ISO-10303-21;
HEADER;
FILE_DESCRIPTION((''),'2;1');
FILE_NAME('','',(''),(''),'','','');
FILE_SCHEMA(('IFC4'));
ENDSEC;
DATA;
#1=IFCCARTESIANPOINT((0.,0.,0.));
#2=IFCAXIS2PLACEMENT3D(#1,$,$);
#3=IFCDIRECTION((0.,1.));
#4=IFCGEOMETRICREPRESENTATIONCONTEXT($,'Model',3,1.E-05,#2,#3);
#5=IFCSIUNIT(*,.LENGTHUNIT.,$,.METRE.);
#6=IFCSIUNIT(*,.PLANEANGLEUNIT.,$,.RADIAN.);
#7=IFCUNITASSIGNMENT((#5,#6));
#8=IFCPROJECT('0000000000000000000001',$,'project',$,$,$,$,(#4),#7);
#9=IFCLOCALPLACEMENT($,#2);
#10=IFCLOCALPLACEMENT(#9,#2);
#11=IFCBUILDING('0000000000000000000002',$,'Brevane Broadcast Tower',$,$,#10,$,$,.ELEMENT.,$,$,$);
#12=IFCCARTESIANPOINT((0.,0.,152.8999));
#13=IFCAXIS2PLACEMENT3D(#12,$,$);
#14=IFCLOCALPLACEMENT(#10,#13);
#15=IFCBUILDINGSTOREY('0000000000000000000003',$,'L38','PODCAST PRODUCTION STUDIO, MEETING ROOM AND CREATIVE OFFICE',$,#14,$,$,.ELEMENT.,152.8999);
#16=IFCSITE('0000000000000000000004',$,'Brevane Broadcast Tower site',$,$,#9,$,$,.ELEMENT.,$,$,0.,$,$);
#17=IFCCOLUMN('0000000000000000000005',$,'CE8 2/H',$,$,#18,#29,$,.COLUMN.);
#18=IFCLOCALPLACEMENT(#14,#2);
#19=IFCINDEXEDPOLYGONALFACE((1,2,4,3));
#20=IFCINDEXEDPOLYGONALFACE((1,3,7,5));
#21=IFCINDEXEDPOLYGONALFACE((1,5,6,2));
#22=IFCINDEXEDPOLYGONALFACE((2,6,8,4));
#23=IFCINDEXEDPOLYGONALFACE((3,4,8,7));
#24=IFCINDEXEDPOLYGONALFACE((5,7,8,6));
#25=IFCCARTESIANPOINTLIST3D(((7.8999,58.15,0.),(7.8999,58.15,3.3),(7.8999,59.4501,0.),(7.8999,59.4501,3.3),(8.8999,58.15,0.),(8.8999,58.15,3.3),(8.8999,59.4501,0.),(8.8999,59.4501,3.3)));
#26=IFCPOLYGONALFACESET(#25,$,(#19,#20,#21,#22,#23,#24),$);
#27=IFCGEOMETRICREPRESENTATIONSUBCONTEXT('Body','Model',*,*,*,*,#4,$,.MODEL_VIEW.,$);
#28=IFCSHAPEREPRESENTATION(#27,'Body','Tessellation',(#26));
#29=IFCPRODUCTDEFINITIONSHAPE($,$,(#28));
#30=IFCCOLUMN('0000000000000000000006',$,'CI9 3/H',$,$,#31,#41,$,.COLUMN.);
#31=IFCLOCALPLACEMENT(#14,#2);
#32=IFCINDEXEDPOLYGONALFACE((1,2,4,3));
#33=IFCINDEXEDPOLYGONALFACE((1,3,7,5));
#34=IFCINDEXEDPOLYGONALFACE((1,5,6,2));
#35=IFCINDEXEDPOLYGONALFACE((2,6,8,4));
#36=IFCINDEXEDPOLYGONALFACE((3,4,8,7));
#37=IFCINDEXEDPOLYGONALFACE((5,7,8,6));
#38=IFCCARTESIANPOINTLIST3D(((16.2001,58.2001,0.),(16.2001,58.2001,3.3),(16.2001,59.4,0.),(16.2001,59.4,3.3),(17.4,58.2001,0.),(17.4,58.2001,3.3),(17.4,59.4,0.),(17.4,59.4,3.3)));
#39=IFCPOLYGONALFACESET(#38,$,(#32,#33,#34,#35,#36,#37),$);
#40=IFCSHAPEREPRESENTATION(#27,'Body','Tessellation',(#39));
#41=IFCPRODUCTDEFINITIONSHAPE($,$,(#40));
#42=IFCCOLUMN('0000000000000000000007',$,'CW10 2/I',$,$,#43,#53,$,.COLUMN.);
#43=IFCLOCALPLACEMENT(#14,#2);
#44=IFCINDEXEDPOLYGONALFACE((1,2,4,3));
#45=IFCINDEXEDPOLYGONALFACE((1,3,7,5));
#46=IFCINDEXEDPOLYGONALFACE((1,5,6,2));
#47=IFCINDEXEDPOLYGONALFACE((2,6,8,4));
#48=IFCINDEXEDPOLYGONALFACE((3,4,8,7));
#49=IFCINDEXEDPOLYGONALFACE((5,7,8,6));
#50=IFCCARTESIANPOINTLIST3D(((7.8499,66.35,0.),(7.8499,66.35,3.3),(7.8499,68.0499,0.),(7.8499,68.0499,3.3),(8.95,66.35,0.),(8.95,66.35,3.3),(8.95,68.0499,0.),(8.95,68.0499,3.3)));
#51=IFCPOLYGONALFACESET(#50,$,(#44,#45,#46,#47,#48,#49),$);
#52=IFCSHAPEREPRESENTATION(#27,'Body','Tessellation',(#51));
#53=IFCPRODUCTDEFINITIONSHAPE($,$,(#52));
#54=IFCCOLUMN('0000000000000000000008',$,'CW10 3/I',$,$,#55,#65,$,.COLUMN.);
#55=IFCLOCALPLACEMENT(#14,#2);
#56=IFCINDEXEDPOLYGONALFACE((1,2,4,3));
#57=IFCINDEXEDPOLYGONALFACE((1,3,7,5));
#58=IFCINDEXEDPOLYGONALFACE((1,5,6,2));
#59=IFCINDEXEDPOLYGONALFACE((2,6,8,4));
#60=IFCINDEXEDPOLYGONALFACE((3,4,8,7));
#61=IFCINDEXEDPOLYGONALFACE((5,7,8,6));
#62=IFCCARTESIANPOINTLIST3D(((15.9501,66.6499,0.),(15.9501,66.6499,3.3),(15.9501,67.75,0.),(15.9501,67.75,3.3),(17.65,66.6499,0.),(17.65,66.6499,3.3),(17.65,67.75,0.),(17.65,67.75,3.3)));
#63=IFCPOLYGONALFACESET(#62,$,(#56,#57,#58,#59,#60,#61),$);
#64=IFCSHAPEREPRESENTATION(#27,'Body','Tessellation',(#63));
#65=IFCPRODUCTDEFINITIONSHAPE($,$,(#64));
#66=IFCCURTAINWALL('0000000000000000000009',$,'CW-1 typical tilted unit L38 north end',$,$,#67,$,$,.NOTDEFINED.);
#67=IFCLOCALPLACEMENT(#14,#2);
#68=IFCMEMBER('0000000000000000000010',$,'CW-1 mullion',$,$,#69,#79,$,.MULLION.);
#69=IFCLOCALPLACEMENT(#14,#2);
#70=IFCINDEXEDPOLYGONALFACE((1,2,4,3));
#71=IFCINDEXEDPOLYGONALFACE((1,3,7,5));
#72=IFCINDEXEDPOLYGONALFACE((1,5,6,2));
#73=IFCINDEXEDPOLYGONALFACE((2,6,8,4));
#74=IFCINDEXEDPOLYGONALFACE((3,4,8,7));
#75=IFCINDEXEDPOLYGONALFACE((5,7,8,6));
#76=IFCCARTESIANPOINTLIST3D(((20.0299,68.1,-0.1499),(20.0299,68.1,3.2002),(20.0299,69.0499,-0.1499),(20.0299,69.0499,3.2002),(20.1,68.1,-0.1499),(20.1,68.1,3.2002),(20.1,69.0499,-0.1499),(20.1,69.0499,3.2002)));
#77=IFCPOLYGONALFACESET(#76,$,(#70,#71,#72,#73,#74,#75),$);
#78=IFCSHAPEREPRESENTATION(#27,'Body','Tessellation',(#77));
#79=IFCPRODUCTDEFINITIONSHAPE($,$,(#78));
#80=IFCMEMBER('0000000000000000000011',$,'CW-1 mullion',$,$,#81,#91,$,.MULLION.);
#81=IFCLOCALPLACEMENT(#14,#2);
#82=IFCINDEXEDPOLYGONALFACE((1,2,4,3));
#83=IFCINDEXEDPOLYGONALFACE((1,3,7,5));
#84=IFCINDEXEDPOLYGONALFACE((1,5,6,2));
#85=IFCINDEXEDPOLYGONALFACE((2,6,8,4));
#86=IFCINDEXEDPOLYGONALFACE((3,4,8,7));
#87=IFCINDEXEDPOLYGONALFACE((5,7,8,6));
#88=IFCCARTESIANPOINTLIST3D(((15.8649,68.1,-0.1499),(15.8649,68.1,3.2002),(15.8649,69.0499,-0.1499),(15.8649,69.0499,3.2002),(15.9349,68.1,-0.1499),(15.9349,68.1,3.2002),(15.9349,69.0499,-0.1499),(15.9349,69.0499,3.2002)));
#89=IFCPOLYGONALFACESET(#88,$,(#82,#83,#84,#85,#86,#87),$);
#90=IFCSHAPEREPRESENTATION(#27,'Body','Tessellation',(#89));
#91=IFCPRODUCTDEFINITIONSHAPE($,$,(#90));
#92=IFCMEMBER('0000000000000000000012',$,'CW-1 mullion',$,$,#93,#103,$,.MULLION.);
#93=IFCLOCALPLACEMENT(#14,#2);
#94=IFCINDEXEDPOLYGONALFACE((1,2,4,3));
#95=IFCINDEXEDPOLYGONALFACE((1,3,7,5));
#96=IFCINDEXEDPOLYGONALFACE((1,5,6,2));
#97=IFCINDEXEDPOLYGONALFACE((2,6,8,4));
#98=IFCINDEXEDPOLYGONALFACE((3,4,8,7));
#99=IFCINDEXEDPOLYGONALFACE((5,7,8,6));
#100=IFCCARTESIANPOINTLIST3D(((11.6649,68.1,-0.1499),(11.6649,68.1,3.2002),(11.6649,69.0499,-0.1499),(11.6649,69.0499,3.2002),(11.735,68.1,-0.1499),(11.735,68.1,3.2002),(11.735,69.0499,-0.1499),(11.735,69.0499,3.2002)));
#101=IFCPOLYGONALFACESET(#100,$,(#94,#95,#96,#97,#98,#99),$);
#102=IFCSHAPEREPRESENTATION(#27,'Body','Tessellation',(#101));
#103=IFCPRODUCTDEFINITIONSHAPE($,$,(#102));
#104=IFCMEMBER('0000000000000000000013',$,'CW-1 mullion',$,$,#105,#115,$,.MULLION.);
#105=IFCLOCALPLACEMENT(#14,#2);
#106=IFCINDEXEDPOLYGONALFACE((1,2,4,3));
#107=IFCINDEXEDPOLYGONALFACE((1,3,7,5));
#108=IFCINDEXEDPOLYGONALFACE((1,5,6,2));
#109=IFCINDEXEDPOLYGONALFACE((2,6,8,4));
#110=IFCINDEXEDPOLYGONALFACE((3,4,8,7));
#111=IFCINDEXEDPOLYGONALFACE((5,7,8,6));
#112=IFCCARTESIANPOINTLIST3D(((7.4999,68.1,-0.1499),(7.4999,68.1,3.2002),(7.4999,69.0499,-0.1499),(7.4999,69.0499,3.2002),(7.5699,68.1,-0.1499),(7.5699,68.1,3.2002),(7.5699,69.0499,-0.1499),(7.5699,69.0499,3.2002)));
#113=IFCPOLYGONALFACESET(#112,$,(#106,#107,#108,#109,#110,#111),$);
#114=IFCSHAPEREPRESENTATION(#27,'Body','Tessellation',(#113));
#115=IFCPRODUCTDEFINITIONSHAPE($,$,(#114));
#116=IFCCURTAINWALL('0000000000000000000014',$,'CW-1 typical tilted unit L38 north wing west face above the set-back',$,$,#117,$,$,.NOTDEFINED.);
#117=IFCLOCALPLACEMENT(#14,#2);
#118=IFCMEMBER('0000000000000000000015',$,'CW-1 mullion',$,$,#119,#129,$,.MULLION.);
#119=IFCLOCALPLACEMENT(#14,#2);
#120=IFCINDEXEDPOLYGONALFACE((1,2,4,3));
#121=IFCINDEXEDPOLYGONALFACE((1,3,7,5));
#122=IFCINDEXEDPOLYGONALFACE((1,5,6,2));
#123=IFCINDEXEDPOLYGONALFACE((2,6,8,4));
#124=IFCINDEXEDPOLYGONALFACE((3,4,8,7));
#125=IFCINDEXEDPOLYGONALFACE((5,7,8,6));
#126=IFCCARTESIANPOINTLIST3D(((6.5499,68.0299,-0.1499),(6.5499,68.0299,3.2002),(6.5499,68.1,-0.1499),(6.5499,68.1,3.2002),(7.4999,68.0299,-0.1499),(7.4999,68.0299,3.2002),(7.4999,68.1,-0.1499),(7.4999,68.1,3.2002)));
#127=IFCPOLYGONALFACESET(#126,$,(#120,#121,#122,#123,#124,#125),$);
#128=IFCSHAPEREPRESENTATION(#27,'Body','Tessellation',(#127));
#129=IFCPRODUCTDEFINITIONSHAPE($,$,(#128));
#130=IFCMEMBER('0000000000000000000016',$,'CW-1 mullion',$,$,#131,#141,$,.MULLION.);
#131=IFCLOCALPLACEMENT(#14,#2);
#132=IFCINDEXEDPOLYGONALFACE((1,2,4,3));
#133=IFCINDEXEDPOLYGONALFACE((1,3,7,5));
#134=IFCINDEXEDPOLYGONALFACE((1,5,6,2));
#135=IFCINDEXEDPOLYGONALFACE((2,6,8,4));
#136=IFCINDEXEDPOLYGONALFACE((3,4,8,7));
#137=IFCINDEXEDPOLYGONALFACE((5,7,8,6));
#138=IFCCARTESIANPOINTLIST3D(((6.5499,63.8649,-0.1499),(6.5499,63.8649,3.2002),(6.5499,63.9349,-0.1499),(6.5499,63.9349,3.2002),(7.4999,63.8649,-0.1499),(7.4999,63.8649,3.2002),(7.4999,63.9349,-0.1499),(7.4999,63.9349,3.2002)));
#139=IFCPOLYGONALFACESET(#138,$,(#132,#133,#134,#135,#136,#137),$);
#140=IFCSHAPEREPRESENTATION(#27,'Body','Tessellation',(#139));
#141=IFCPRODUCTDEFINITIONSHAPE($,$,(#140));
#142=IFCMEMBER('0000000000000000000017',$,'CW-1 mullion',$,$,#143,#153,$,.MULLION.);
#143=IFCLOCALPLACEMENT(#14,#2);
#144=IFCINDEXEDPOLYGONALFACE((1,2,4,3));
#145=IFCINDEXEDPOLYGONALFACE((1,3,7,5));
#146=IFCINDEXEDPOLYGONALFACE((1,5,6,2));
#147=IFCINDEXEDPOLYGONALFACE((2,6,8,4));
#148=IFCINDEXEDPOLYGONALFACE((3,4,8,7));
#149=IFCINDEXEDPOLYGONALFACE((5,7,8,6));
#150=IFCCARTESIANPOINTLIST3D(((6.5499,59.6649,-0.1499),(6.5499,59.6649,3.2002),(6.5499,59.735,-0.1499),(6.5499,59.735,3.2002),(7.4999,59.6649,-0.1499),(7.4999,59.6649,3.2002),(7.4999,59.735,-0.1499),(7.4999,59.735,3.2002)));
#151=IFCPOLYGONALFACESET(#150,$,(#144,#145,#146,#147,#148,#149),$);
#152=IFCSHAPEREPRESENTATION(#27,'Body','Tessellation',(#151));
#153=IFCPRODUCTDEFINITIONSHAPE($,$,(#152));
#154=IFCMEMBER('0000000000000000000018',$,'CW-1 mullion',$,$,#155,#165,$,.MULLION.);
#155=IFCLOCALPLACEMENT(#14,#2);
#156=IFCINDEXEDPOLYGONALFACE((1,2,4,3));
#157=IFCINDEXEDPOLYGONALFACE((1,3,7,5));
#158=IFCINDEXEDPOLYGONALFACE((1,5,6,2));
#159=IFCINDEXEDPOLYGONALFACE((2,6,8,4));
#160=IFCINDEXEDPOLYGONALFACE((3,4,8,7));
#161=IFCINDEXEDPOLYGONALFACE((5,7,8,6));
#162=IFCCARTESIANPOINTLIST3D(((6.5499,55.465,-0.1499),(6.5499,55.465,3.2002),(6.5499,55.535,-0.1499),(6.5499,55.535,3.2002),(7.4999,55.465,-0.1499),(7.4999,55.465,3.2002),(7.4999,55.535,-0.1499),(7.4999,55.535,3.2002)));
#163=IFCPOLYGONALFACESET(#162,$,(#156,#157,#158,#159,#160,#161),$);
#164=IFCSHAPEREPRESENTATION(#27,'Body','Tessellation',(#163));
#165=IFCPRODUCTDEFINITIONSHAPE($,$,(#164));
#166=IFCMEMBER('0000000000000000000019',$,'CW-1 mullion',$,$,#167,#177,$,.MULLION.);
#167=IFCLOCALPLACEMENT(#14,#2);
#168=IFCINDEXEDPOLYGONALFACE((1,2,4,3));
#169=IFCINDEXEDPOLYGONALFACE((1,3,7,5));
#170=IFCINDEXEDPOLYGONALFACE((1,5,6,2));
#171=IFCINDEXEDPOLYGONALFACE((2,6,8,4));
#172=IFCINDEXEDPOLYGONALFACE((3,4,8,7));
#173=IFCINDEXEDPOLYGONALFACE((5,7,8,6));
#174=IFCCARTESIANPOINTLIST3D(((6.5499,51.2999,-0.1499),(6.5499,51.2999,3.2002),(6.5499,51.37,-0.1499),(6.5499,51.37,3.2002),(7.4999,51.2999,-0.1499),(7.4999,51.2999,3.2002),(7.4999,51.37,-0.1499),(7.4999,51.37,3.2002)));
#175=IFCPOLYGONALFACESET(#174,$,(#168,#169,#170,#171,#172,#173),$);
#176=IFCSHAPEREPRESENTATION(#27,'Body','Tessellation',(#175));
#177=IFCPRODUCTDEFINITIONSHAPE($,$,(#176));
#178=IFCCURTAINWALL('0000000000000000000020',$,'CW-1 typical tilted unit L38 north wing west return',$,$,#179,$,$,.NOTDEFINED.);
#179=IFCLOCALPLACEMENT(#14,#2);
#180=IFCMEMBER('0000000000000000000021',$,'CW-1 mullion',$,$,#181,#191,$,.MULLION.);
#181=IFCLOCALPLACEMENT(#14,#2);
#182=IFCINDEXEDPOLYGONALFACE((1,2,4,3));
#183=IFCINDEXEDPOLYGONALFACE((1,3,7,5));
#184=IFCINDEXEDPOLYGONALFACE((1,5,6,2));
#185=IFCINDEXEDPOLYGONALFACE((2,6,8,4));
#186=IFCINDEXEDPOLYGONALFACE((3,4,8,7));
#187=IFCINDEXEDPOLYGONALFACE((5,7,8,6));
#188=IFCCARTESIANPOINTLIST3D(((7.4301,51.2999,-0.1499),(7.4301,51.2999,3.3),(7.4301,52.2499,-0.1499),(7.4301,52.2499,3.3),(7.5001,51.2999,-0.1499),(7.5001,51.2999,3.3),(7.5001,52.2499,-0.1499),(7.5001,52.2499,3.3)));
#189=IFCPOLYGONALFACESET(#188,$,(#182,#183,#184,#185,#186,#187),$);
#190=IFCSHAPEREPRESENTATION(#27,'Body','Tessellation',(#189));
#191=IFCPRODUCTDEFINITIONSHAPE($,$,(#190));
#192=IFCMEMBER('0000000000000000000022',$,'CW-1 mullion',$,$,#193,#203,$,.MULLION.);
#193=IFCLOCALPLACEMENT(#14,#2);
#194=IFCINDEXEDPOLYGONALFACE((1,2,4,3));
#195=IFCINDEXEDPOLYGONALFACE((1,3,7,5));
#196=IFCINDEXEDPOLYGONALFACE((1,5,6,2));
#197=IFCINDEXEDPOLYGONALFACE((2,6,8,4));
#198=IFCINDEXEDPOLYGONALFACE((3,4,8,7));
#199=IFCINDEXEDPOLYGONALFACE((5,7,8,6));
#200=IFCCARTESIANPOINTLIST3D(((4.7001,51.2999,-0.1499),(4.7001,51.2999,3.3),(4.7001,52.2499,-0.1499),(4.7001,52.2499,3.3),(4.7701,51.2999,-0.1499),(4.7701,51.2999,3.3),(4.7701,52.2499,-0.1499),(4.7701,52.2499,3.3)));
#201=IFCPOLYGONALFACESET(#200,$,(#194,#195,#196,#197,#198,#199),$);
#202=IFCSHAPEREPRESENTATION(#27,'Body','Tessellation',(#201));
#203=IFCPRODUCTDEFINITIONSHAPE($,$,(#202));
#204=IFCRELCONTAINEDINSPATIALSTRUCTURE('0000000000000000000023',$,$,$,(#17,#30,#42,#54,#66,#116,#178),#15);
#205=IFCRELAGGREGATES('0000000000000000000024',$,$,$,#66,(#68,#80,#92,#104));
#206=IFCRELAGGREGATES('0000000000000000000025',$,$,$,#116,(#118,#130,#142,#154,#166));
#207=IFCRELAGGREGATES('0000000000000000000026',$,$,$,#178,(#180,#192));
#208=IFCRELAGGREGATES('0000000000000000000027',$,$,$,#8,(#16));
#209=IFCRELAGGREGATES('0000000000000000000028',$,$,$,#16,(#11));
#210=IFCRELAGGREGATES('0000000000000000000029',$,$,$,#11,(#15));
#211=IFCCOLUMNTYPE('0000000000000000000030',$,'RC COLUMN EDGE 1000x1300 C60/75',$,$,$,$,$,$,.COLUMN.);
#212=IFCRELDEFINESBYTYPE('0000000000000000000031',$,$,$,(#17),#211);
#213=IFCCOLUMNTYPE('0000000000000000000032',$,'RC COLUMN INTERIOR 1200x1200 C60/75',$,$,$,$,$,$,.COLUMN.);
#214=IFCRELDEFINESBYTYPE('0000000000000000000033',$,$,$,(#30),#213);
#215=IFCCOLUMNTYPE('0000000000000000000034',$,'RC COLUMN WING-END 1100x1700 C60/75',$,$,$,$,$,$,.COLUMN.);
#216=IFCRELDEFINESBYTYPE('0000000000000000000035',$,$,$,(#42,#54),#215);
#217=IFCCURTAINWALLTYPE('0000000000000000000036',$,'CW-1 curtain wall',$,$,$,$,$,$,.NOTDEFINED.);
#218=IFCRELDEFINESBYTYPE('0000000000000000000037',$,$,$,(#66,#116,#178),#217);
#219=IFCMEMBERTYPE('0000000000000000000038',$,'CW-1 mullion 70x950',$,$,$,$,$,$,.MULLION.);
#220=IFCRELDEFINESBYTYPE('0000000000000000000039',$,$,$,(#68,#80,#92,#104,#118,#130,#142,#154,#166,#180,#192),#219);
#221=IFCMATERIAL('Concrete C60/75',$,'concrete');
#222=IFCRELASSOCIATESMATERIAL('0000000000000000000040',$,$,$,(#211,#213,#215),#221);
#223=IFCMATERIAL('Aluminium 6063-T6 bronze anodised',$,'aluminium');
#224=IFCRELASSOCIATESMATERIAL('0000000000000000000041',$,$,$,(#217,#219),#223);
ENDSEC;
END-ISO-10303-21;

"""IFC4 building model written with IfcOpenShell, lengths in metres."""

from ifc_helpers import new_model, si_unit, direction, frame, origin, origin_2d, place, context, subcontext, project, spatial, rectangle, extrude, material, material_profile, profile_set, type_object, element, aggregate, save


model = new_model("IFC4")

# Units and contexts
model_context = context("Model", 3, precision=1e-05, world=origin(), true_north=direction((0.0, 1.0)))
body_context = subcontext(model_context, "Body", "Model", "MODEL_VIEW")
ifc_project = project(units=[si_unit("LENGTHUNIT", "METRE"), si_unit("PLANEANGLEUNIT", "RADIAN")], contexts=[model_context])

# Site, building, storey
site_placement = place(None, origin())
site = spatial("IfcSite", under=ifc_project, at=site_placement, Name="Brevane Broadcast Tower site", CompositionType="ELEMENT", RefElevation=0.0)
building_placement = place(site_placement, origin())
building = spatial("IfcBuilding", under=site, at=building_placement, Name="Brevane Broadcast Tower", CompositionType="ELEMENT")
storey_placement = place(building_placement, frame((0.0, 0.0, 152.8999)))
storey = spatial("IfcBuildingStorey", under=building, at=storey_placement, Name="L38", Description="PODCAST PRODUCTION STUDIO, MEETING ROOM AND CREATIVE OFFICE", CompositionType="ELEMENT", Elevation=152.8999)

# Columns
ifc_material_1 = material(Name="Concrete C60/75", Category="concrete")
ifc_material_profile_1 = material_profile(ifc_material_1, rectangle(XDim=1.0, YDim=1.3, at=origin_2d()), Name="RC 1000x1300")
ifc_profile_set_1 = profile_set([ifc_material_profile_1], Name="Concrete C60/75")
column_type_1 = type_object("IfcColumnType", Name="RC COLUMN EDGE 1000x1300 C60/75", PredefinedType="COLUMN", material=ifc_profile_set_1)
column_1_placement = place(storey_placement, frame((8.3999, 58.8, 0.0), z_axis=(0.0, 0.0, 1.0), x_axis=(1.0, 0.0, 0.0)))
element("IfcColumn", 1, at=column_1_placement, inside=storey, type_object=column_type_1, Name="CE8 2/H", PredefinedType="COLUMN", context=body_context, shape_type="SweptSolid", body=[
    extrude(rectangle(XDim=1.0, YDim=1.3, at=origin_2d()), origin(), (0.0, 0.0, 1.0), 3.3),
])
ifc_material_profile_2 = material_profile(ifc_material_1, rectangle(XDim=1.2, YDim=1.2, at=origin_2d()), Name="RC 1200x1200")
ifc_profile_set_2 = profile_set([ifc_material_profile_2], Name="Concrete C60/75")
column_type_2 = type_object("IfcColumnType", Name="RC COLUMN INTERIOR 1200x1200 C60/75", PredefinedType="COLUMN", material=ifc_profile_set_2)
column_2_placement = place(storey_placement, frame((16.8, 58.8, 0.0), z_axis=(0.0, 0.0, 1.0), x_axis=(1.0, 0.0, 0.0)))
element("IfcColumn", 2, at=column_2_placement, inside=storey, type_object=column_type_2, Name="CI9 3/H", PredefinedType="COLUMN", context=body_context, shape_type="SweptSolid", body=[
    extrude(rectangle(XDim=1.2, YDim=1.2, at=origin_2d()), origin(), (0.0, 0.0, 1.0), 3.3),
])
ifc_material_profile_3 = material_profile(ifc_material_1, rectangle(XDim=1.1001, YDim=1.7, at=origin_2d()), Name="RC 1100x1700")
ifc_profile_set_3 = profile_set([ifc_material_profile_3], Name="Concrete C60/75")
column_type_3 = type_object("IfcColumnType", Name="RC COLUMN WING-END 1100x1700 C60/75", PredefinedType="COLUMN", material=ifc_profile_set_3)
for number, where, z_axis, x_axis, name in (
    (3, (8.3999, 67.2, 0.0), (0.0, 0.0, 1.0), (1.0, 0.0, 0.0), "CW10 2/I"),
    (4, (16.8, 67.2, 0.0), (0.0, 0.0, 1.0), (0.0, 1.0, 0.0), "CW10 3/I"),
):
    element("IfcColumn", number, at=place(storey_placement, frame(where, z_axis=z_axis, x_axis=x_axis)), inside=storey, type_object=column_type_3, Name=name, PredefinedType="COLUMN", context=body_context, shape_type="SweptSolid", body=[
        extrude(rectangle(XDim=1.1001, YDim=1.7, at=origin_2d()), origin(), (0.0, 0.0, 1.0), 3.3),
    ])

# Curtain walls, members
ifc_material_2 = material(Name="Aluminium 6063-T6 bronze anodised", Category="aluminium")
curtain_wall_type = type_object("IfcCurtainWallType", Name="CW-1 curtain wall", PredefinedType="NOTDEFINED", material=ifc_material_2)
curtain_wall_1_placement = place(storey_placement, origin())
curtain_wall_1 = element("IfcCurtainWall", 5, at=curtain_wall_1_placement, inside=storey, type_object=curtain_wall_type, Name="CW-1 typical tilted unit L38 north end", PredefinedType="NOTDEFINED")
ifc_material_profile_4 = material_profile(ifc_material_2, rectangle(XDim=0.95, YDim=0.0701, at=origin_2d()), Name="RECT 70x950")
ifc_profile_set_4 = profile_set([ifc_material_profile_4], Name="Aluminium 6063-T6 bronze anodised")
member_type_1 = type_object("IfcMemberType", Name="CW-1 mullion 70x950", PredefinedType="MULLION", material=ifc_profile_set_4)
member_1_placement = place(storey_placement, frame((20.0649, 68.575, -0.1499), z_axis=(0.0, 0.0, 1.0), x_axis=(0.0, -1.0, 0.0)))
member_1 = element("IfcMember", 6, at=member_1_placement, type_object=member_type_1, Name="CW-1 mullion", PredefinedType="MULLION", context=body_context, shape_type="SweptSolid", body=[
    extrude(rectangle(XDim=0.95, YDim=0.0701, at=origin_2d()), origin(), (0.0, 0.0, 1.0), 3.3501),
])
member_2_placement = place(storey_placement, frame((15.8999, 68.575, -0.1499), z_axis=(0.0, 0.0, 1.0), x_axis=(0.0, -1.0, 0.0)))
member_2 = element("IfcMember", 7, at=member_2_placement, type_object=member_type_1, Name="CW-1 mullion", PredefinedType="MULLION", context=body_context, shape_type="SweptSolid", body=[
    extrude(rectangle(XDim=0.95, YDim=0.0701, at=origin_2d()), origin(), (0.0, 0.0, 1.0), 3.3501),
])
member_3_placement = place(storey_placement, frame((11.7, 68.575, -0.1499), z_axis=(0.0, 0.0, 1.0), x_axis=(0.0, -1.0, 0.0)))
member_3 = element("IfcMember", 8, at=member_3_placement, type_object=member_type_1, Name="CW-1 mullion", PredefinedType="MULLION", context=body_context, shape_type="SweptSolid", body=[
    extrude(rectangle(XDim=0.95, YDim=0.0701, at=origin_2d()), origin(), (0.0, 0.0, 1.0), 3.3501),
])
member_4_placement = place(storey_placement, frame((7.5349, 68.575, -0.1499), z_axis=(0.0, 0.0, 1.0), x_axis=(0.0, -1.0, 0.0)))
member_4 = element("IfcMember", 9, at=member_4_placement, type_object=member_type_1, Name="CW-1 mullion", PredefinedType="MULLION", context=body_context, shape_type="SweptSolid", body=[
    extrude(rectangle(XDim=0.95, YDim=0.0701, at=origin_2d()), origin(), (0.0, 0.0, 1.0), 3.3501),
])
curtain_wall_2_placement = place(storey_placement, origin())
curtain_wall_2 = element("IfcCurtainWall", 10, at=curtain_wall_2_placement, inside=storey, type_object=curtain_wall_type, Name="CW-1 typical tilted unit L38 north wing west face above the set-back", PredefinedType="NOTDEFINED")
member_5_placement = place(storey_placement, frame((7.0249, 68.0649, -0.1499), z_axis=(0.0, 0.0, 1.0), x_axis=(1.0, 0.0, 0.0)))
member_5 = element("IfcMember", 11, at=member_5_placement, type_object=member_type_1, Name="CW-1 mullion", PredefinedType="MULLION", context=body_context, shape_type="SweptSolid", body=[
    extrude(rectangle(XDim=0.95, YDim=0.0701, at=origin_2d()), origin(), (0.0, 0.0, 1.0), 3.3501),
])
member_6_placement = place(storey_placement, frame((7.0249, 63.8999, -0.1499), z_axis=(0.0, 0.0, 1.0), x_axis=(1.0, 0.0, 0.0)))
member_6 = element("IfcMember", 12, at=member_6_placement, type_object=member_type_1, Name="CW-1 mullion", PredefinedType="MULLION", context=body_context, shape_type="SweptSolid", body=[
    extrude(rectangle(XDim=0.95, YDim=0.0701, at=origin_2d()), origin(), (0.0, 0.0, 1.0), 3.3501),
])
member_7_placement = place(storey_placement, frame((7.0249, 59.7, -0.1499), z_axis=(0.0, 0.0, 1.0), x_axis=(1.0, 0.0, 0.0)))
member_7 = element("IfcMember", 13, at=member_7_placement, type_object=member_type_1, Name="CW-1 mullion", PredefinedType="MULLION", context=body_context, shape_type="SweptSolid", body=[
    extrude(rectangle(XDim=0.95, YDim=0.0701, at=origin_2d()), origin(), (0.0, 0.0, 1.0), 3.3501),
])
member_8_placement = place(storey_placement, frame((7.0249, 55.5, -0.1499), z_axis=(0.0, 0.0, 1.0), x_axis=(1.0, 0.0, 0.0)))
member_8 = element("IfcMember", 14, at=member_8_placement, type_object=member_type_1, Name="CW-1 mullion", PredefinedType="MULLION", context=body_context, shape_type="SweptSolid", body=[
    extrude(rectangle(XDim=0.95, YDim=0.0701, at=origin_2d()), origin(), (0.0, 0.0, 1.0), 3.3501),
])
member_9_placement = place(storey_placement, frame((7.0249, 51.335, -0.1499), z_axis=(0.0, 0.0, 1.0), x_axis=(1.0, 0.0, 0.0)))
member_9 = element("IfcMember", 15, at=member_9_placement, type_object=member_type_1, Name="CW-1 mullion", PredefinedType="MULLION", context=body_context, shape_type="SweptSolid", body=[
    extrude(rectangle(XDim=0.95, YDim=0.0701, at=origin_2d()), origin(), (0.0, 0.0, 1.0), 3.3501),
])
curtain_wall_3_placement = place(storey_placement, origin())
curtain_wall_3 = element("IfcCurtainWall", 16, at=curtain_wall_3_placement, inside=storey, type_object=curtain_wall_type, Name="CW-1 typical tilted unit L38 north wing west return", PredefinedType="NOTDEFINED")
member_10_placement = place(storey_placement, frame((7.4651, 51.7749, -0.1499), z_axis=(0.0, 0.0, 1.0), x_axis=(0.0, -1.0, 0.0)))
member_10 = element("IfcMember", 17, at=member_10_placement, type_object=member_type_1, Name="CW-1 mullion", PredefinedType="MULLION", context=body_context, shape_type="SweptSolid", body=[
    extrude(rectangle(XDim=0.95, YDim=0.0701, at=origin_2d()), origin(), (0.0, 0.0, 1.0), 3.45),
])
member_11_placement = place(storey_placement, frame((4.7351, 51.7749, -0.1499), z_axis=(0.0, 0.0, 1.0), x_axis=(0.0, -1.0, 0.0)))
member_11 = element("IfcMember", 18, at=member_11_placement, type_object=member_type_1, Name="CW-1 mullion", PredefinedType="MULLION", context=body_context, shape_type="SweptSolid", body=[
    extrude(rectangle(XDim=0.95, YDim=0.0701, at=origin_2d()), origin(), (0.0, 0.0, 1.0), 3.45),
])

aggregate(curtain_wall_1, [member_1, member_2, member_3, member_4])
aggregate(curtain_wall_2, [member_5, member_6, member_7, member_8, member_9])
aggregate(curtain_wall_3, [member_10, member_11])

save(model, "model.ifc")
